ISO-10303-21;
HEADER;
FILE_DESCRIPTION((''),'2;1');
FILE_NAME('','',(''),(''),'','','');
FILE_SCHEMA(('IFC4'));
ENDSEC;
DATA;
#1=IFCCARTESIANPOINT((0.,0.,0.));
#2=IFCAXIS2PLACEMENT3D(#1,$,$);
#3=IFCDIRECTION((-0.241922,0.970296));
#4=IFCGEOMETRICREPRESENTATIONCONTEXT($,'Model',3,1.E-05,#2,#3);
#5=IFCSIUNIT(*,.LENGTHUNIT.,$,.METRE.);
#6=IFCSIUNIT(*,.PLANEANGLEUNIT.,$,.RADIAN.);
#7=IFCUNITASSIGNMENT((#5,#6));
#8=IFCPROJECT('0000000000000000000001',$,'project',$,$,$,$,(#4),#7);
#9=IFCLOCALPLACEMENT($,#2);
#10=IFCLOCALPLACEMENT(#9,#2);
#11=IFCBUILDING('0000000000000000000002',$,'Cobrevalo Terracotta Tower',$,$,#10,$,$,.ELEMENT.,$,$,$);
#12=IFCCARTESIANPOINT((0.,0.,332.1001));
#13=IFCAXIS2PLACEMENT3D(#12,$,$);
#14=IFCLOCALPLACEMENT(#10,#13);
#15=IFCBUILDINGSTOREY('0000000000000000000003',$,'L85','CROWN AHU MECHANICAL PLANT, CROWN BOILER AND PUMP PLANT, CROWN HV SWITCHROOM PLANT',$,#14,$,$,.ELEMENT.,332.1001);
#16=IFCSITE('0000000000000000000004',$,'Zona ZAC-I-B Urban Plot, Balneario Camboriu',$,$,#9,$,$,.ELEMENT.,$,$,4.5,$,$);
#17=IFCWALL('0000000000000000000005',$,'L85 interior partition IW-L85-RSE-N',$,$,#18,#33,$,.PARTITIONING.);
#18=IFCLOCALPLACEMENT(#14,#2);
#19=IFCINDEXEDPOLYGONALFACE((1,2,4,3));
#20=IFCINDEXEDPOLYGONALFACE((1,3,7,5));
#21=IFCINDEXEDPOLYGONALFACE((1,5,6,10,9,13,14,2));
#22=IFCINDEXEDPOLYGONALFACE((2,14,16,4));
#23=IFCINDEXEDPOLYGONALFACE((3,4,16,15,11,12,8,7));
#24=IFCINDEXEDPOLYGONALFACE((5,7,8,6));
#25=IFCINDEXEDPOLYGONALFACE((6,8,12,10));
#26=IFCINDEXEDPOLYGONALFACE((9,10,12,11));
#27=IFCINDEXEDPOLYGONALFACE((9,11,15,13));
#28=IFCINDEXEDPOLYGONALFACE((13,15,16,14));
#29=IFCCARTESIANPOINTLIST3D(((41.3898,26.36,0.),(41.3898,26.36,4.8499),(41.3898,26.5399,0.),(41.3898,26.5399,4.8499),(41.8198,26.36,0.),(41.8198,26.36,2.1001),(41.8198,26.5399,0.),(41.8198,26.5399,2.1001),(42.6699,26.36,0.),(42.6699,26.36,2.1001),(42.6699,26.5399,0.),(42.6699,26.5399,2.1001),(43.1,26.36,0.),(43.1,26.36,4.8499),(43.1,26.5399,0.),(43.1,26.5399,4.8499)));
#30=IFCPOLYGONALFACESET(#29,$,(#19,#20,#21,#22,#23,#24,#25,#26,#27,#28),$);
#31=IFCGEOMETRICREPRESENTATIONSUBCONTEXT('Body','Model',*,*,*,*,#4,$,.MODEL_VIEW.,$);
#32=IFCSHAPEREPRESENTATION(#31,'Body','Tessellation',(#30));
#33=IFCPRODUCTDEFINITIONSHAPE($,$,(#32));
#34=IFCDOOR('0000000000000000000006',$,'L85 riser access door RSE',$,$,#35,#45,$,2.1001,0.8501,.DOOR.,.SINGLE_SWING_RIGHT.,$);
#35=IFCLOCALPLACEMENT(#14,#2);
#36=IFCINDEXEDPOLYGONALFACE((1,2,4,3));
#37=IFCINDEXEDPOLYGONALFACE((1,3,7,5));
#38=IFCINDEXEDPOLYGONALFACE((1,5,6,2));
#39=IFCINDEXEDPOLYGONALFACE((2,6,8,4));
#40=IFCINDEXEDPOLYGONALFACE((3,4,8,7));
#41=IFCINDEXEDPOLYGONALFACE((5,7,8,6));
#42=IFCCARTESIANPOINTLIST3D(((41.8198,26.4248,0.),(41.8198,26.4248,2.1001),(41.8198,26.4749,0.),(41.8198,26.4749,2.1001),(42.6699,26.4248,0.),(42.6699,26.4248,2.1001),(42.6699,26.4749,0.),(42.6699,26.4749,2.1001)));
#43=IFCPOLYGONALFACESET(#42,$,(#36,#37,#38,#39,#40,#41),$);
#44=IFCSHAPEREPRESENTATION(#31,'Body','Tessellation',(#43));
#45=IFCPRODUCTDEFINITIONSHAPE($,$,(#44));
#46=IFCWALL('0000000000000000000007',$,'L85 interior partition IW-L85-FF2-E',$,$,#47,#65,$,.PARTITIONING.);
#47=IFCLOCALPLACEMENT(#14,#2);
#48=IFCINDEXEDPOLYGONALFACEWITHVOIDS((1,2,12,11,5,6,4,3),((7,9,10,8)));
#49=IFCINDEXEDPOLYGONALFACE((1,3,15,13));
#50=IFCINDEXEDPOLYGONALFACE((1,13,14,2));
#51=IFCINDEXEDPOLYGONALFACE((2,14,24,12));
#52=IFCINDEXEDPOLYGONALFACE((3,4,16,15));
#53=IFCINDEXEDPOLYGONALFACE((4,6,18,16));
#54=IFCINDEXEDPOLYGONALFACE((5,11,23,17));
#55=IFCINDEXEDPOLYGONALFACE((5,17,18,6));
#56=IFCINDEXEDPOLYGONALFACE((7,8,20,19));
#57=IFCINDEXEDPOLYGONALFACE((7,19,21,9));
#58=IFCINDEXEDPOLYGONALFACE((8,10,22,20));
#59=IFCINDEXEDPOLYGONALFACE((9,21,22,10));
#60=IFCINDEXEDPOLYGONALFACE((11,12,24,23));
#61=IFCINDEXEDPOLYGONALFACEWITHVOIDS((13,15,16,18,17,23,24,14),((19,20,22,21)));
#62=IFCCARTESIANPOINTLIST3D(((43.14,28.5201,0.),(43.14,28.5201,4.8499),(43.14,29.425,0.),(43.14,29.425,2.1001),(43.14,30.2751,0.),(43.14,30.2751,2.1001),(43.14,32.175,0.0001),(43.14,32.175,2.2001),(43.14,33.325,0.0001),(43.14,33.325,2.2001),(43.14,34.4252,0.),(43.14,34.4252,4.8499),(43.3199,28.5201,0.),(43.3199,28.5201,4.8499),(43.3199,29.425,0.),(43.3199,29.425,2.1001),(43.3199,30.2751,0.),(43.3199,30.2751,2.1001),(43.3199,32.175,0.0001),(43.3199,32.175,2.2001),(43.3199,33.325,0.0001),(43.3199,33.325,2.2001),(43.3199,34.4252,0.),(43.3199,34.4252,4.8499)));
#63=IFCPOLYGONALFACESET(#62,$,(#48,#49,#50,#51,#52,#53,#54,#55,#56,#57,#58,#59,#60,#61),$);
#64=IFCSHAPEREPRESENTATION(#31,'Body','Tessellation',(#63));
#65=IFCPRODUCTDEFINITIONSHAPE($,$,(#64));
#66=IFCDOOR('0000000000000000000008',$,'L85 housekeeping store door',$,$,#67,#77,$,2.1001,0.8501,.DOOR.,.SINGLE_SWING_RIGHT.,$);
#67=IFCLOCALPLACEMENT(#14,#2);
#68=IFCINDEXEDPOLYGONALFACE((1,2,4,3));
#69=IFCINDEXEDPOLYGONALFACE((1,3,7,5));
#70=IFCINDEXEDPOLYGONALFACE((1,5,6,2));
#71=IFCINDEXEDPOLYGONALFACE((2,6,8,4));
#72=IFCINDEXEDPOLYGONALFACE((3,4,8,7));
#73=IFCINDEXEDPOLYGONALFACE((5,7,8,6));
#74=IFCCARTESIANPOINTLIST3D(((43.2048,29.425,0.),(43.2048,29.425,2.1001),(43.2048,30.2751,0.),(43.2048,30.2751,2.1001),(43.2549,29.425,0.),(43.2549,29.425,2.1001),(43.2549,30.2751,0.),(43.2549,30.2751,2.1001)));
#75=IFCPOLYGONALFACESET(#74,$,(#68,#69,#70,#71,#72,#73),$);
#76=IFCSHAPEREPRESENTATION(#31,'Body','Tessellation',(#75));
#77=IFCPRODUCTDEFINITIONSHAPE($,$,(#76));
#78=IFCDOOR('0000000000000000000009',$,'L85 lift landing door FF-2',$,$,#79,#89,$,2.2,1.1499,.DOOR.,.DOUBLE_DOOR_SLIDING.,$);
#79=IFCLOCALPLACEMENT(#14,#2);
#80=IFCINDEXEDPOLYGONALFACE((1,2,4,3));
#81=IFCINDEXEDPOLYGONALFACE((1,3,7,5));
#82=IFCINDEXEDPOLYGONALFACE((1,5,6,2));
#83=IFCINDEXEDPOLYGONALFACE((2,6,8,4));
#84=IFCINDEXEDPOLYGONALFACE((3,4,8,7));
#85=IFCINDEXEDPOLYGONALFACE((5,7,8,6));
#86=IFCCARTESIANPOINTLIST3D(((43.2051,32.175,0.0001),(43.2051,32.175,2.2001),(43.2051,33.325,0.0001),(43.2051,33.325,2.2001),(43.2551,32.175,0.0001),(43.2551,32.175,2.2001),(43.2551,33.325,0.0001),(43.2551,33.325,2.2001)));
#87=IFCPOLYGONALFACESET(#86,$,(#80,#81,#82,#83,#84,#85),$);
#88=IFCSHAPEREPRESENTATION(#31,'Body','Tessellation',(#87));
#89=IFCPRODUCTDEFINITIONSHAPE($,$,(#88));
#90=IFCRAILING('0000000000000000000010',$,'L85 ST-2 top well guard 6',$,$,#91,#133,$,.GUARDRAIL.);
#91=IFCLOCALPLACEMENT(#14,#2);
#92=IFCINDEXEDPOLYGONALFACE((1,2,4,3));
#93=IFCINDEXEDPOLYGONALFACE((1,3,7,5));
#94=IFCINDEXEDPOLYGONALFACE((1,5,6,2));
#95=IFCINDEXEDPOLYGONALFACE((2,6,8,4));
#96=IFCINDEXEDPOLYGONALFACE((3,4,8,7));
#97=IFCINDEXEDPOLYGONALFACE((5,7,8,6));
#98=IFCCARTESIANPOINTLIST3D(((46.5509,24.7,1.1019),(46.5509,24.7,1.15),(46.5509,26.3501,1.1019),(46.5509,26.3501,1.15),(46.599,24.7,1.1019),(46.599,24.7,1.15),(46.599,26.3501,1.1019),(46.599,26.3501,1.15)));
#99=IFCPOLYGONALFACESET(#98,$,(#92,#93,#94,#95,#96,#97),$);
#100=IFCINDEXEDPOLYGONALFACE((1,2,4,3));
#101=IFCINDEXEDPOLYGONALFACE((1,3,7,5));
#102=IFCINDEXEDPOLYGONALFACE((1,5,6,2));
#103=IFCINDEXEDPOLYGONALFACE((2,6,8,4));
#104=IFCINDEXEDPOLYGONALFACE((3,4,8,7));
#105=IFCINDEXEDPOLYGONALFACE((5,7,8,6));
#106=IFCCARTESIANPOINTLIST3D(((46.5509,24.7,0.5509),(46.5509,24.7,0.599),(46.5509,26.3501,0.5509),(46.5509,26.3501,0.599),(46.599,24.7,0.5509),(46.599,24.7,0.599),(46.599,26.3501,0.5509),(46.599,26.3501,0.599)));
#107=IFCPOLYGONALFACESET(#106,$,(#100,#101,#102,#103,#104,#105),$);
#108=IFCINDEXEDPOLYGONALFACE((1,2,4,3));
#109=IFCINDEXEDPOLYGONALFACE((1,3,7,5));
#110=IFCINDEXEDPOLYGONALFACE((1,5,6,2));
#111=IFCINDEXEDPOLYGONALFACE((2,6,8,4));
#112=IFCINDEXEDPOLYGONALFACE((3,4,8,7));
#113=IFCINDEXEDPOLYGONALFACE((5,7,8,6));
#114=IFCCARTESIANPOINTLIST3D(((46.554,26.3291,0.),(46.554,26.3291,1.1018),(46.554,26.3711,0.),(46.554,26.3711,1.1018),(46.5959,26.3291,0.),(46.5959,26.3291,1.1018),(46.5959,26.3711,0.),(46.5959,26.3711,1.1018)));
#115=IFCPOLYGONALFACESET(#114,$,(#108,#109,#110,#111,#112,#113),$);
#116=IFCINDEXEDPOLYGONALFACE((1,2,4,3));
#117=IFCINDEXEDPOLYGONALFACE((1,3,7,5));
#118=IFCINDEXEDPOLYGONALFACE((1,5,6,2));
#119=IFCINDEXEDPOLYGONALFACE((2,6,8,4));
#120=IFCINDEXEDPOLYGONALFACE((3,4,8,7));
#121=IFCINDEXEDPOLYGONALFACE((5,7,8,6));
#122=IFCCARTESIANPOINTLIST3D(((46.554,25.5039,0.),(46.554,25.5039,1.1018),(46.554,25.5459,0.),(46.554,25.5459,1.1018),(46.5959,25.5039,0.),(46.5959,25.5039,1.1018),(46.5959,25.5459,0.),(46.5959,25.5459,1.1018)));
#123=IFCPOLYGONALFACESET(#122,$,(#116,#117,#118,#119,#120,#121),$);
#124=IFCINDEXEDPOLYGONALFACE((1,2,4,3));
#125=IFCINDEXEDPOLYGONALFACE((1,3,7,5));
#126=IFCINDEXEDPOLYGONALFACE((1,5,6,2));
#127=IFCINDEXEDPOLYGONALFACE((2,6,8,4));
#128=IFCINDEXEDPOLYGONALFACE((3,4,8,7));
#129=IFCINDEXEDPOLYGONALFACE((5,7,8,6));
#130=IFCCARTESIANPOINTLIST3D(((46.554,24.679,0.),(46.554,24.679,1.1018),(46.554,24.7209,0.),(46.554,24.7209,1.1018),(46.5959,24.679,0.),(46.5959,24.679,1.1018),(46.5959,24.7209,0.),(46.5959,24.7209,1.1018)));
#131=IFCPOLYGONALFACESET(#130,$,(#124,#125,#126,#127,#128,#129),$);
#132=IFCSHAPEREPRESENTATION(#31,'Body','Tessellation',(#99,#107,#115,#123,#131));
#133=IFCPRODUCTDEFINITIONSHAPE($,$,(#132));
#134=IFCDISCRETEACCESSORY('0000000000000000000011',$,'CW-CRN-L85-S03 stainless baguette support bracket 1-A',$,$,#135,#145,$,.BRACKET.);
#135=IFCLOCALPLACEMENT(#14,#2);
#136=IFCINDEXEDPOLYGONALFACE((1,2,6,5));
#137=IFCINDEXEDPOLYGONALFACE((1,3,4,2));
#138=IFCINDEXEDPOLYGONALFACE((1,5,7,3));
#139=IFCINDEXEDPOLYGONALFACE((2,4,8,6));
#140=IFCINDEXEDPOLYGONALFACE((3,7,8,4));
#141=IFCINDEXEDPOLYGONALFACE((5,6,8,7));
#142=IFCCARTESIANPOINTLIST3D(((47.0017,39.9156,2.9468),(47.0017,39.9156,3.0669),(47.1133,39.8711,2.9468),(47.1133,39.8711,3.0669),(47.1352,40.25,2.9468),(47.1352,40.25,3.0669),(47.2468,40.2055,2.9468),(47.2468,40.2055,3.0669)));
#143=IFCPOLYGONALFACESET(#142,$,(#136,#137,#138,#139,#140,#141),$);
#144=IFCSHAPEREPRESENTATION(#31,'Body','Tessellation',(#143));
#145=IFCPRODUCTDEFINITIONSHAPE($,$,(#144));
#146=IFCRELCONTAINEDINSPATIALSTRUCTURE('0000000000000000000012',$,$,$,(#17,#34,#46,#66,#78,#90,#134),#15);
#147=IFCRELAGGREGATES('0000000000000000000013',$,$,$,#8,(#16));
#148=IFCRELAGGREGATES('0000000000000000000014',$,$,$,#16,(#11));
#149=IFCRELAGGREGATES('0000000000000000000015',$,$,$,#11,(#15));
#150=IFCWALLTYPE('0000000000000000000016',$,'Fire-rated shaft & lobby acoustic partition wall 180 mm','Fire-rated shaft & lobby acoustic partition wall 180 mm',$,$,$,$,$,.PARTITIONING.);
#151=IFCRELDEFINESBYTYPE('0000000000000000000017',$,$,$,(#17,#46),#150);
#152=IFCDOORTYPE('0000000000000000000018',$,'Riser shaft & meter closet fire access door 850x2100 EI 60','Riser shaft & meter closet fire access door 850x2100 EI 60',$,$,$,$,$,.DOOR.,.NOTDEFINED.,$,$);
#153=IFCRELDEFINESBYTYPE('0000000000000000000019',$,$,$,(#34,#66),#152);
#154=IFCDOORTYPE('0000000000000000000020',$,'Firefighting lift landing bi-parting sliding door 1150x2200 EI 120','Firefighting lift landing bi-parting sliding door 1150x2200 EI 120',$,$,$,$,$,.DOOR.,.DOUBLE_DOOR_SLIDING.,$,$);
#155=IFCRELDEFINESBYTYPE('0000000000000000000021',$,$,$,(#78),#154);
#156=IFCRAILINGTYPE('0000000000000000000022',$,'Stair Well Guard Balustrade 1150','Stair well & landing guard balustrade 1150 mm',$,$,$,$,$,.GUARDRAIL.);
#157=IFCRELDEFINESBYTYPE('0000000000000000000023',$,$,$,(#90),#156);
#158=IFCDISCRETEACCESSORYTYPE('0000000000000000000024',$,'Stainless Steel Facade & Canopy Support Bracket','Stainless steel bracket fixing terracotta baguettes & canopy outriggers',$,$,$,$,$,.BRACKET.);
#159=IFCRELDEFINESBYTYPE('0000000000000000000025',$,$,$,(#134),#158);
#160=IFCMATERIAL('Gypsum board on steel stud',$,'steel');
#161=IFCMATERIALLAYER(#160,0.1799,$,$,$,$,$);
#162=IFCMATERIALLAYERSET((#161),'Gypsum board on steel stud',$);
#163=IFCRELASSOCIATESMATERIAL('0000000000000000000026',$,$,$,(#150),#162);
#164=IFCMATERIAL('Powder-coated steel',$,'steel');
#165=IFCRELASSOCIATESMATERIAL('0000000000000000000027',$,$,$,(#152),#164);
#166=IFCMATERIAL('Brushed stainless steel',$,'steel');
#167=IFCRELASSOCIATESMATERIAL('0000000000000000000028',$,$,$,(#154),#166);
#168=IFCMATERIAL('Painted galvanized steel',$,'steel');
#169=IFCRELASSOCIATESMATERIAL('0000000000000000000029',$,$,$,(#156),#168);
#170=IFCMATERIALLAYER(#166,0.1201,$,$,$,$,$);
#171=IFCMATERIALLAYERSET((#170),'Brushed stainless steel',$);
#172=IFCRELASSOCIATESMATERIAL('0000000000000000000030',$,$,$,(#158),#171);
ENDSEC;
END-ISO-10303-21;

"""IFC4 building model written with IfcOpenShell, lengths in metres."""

from ifc_helpers import new_model, si_unit, direction, frame, frame_2d, origin, origin_2d, place, context, subcontext, project, spatial, rectangle, extrude, source, transform, mapped, material, layer, layer_set, type_object, element, fill, save


model = new_model("IFC4")

# Units and contexts
model_context = context("Model", 3, precision=1e-05, world=origin(), true_north=direction((-0.241922, 0.970296)))
body_context = subcontext(model_context, "Body", "Model", "MODEL_VIEW")
ifc_project = project(units=[si_unit("LENGTHUNIT", "METRE"), si_unit("PLANEANGLEUNIT", "RADIAN")], contexts=[model_context])

# Site, building, storey
site_placement = place(None, origin())
site = spatial("IfcSite", under=ifc_project, at=site_placement, Name="Zona ZAC-I-B Urban Plot, Balneario Camboriu", CompositionType="ELEMENT", RefElevation=4.5)
building_placement = place(site_placement, origin())
building = spatial("IfcBuilding", under=site, at=building_placement, Name="Cobrevalo Terracotta Tower", CompositionType="ELEMENT")
storey_placement = place(building_placement, frame((0.0, 0.0, 332.1001)))
storey = spatial("IfcBuildingStorey", under=building, at=storey_placement, Name="L85", Description="CROWN AHU MECHANICAL PLANT, CROWN BOILER AND PUMP PLANT, CROWN HV SWITCHROOM PLANT", CompositionType="ELEMENT", Elevation=332.1001)

# Shared definitions
ifc_material_1 = material(Name="Gypsum board on steel stud", Category="steel")

# Wall, opening, door
ifc_layer_1 = layer(ifc_material_1, 0.1799)
ifc_layer_set_1 = layer_set([ifc_layer_1], Name="Gypsum board on steel stud")
wall_type_1 = type_object("IfcWallType", Name="Fire-rated shaft & lobby acoustic partition wall 180 mm", Description="Fire-rated shaft & lobby acoustic partition wall 180 mm", PredefinedType="PARTITIONING", material=ifc_layer_set_1)
wall_1_placement = place(storey_placement, frame((41.3899, 26.45, 0.0), z_axis=(0.0, 0.0, 1.0), x_axis=(1.0, 0.0, 0.0)))
wall_1 = element("IfcWall", 1, at=wall_1_placement, inside=storey, type_object=wall_type_1, Name="L85 interior partition IW-L85-RSE-N", PredefinedType="PARTITIONING", context=body_context, shape_type="SweptSolid", body=[
    extrude(rectangle(XDim=1.7102, YDim=0.1799, at=frame_2d((0.855, 0.0))), origin(), (0.0, 0.0, 1.0), 4.8499),
])
opening_1_placement = place(wall_1_placement, frame((0.4299, 0.0, 0.0)))
opening_1 = element("IfcOpeningElement", 2, at=opening_1_placement, cuts=wall_1, PredefinedType="OPENING", context=body_context, shape_type="SweptSolid", body=[
    extrude(rectangle(XDim=0.8501, YDim=2.1001, at=frame_2d((0.425, 1.05))), frame((0.0, 0.1001, 0.0), z_axis=(0.0, -1.0, 0.0), x_axis=(1.0, 0.0, 0.0)), (0.0, 0.0, 1.0), 0.2),
])
ifc_material_2 = material(Name="Powder-coated steel", Category="steel")
door_type_1 = type_object("IfcDoorType", Name="Riser shaft & meter closet fire access door 850x2100 EI 60", Description="Riser shaft & meter closet fire access door 850x2100 EI 60", OperationType="NOTDEFINED", PredefinedType="DOOR", material=ifc_material_2)
shared_shape_1 = source(origin(), body_context, "Body", "SweptSolid", [
    extrude(rectangle(XDim=0.8501, YDim=2.1001, at=frame_2d((0.425, 1.05))), frame((0.0, 0.0249, 0.0), z_axis=(0.0, -1.0, 0.0), x_axis=(1.0, 0.0, 0.0)), (0.0, 0.0, 1.0), 0.05),
])
door_1_placement = place(opening_1_placement, origin())
door_1 = element("IfcDoor", 3, at=door_1_placement, inside=storey, type_object=door_type_1, Name="L85 riser access door RSE", OperationType="SINGLE_SWING_RIGHT", OverallHeight=2.1001, OverallWidth=0.8501, PredefinedType="DOOR", context=body_context, shape_type="MappedRepresentation", body=[
    mapped(shared_shape_1, transform((0.0, 0.0, 0.0), scale=1.0)),
])
fill(opening_1, door_1)

# Wall, openings, doors
wall_2_placement = place(storey_placement, frame((43.23, 28.52, 0.0), z_axis=(0.0, 0.0, 1.0), x_axis=(0.0, 1.0, 0.0)))
wall_2 = element("IfcWall", 4, at=wall_2_placement, inside=storey, type_object=wall_type_1, Name="L85 interior partition IW-L85-FF2-E", PredefinedType="PARTITIONING", context=body_context, shape_type="SweptSolid", body=[
    extrude(rectangle(XDim=5.905, YDim=0.1799, at=frame_2d((2.9526, 0.0))), origin(), (0.0, 0.0, 1.0), 4.8499),
])
opening_2_placement = place(wall_2_placement, frame((0.905, 0.0, 0.0)))
opening_2 = element("IfcOpeningElement", 5, at=opening_2_placement, cuts=wall_2, PredefinedType="OPENING", context=body_context, shape_type="SweptSolid", body=[
    extrude(rectangle(XDim=0.8501, YDim=2.1001, at=frame_2d((0.425, 1.05))), frame((0.0, 0.1001, 0.0), z_axis=(0.0, -1.0, 0.0), x_axis=(1.0, 0.0, 0.0)), (0.0, 0.0, 1.0), 0.2),
])
opening_3_placement = place(wall_2_placement, frame((3.655, 0.0, 0.0)))
opening_3 = element("IfcOpeningElement", 6, at=opening_3_placement, cuts=wall_2, PredefinedType="OPENING", context=body_context, shape_type="SweptSolid", body=[
    extrude(rectangle(XDim=1.1499, YDim=2.2, at=frame_2d((0.575, 1.1001))), frame((0.0, 0.1001, 0.0), z_axis=(0.0, -1.0, 0.0), x_axis=(1.0, 0.0, 0.0)), (0.0, 0.0, 1.0), 0.2),
])
door_2_placement = place(opening_2_placement, frame((0.8501, 0.0, 0.0), z_axis=(0.0, 0.0, 1.0), x_axis=(-1.0, 0.0, 0.0)))
door_2 = element("IfcDoor", 7, at=door_2_placement, inside=storey, type_object=door_type_1, Name="L85 housekeeping store door", OperationType="SINGLE_SWING_RIGHT", OverallHeight=2.1001, OverallWidth=0.8501, PredefinedType="DOOR", context=body_context, shape_type="MappedRepresentation", body=[
    mapped(shared_shape_1, transform((0.0, 0.0, 0.0), scale=1.0)),
])
fill(opening_2, door_2)
ifc_material_3 = material(Name="Brushed stainless steel", Category="steel")
door_type_2 = type_object("IfcDoorType", Name="Firefighting lift landing bi-parting sliding door 1150x2200 EI 120", Description="Firefighting lift landing bi-parting sliding door 1150x2200 EI 120", OperationType="DOUBLE_DOOR_SLIDING", PredefinedType="DOOR", material=ifc_material_3)
shared_shape_2 = source(origin(), body_context, "Body", "SweptSolid", [
    extrude(rectangle(XDim=1.1499, YDim=2.2, at=frame_2d((0.575, 1.1001))), frame((0.0, 0.0249, 0.0), z_axis=(0.0, -1.0, 0.0), x_axis=(1.0, 0.0, 0.0)), (0.0, 0.0, 1.0), 0.05),
])
door_3_placement = place(opening_3_placement, origin())
door_3 = element("IfcDoor", 8, at=door_3_placement, inside=storey, type_object=door_type_2, Name="L85 lift landing door FF-2", OperationType="DOUBLE_DOOR_SLIDING", OverallHeight=2.2, OverallWidth=1.1499, PredefinedType="DOOR", context=body_context, shape_type="MappedRepresentation", body=[
    mapped(shared_shape_2, transform((0.0, 0.0, 0.0), scale=1.0)),
])
fill(opening_3, door_3)

# Railing
ifc_material_4 = material(Name="Painted galvanized steel", Category="steel")
railing_type = type_object("IfcRailingType", Name="Stair Well Guard Balustrade 1150", Description="Stair well & landing guard balustrade 1150 mm", PredefinedType="GUARDRAIL", material=ifc_material_4)
railing_placement = place(storey_placement, frame((46.575, 26.3501, 0.0)))
element("IfcRailing", 9, at=railing_placement, inside=storey, type_object=railing_type, Name="L85 ST-2 top well guard 6", PredefinedType="GUARDRAIL", context=body_context, shape_type="SweptSolid", body=[
    extrude(rectangle(XDim=0.0481, YDim=0.0481, at=origin_2d()), frame((0.0, 0.0, 1.126), z_axis=(0.0, -1.0, 0.0), x_axis=(1.0, 0.0, 0.0)), (0.0, 0.0, 1.0), 1.6501),
    extrude(rectangle(XDim=0.0481, YDim=0.0481, at=origin_2d()), frame((0.0, 0.0, 0.575), z_axis=(0.0, -1.0, 0.0), x_axis=(1.0, 0.0, 0.0)), (0.0, 0.0, 1.0), 1.6501),
    extrude(rectangle(XDim=0.042, YDim=0.042, at=origin_2d()), origin(), (0.0, 0.0, 1.0), 1.1018),
    extrude(rectangle(XDim=0.042, YDim=0.042, at=origin_2d()), frame((0.0, -0.8252, 0.0)), (0.0, 0.0, 1.0), 1.1018),
    extrude(rectangle(XDim=0.042, YDim=0.042, at=origin_2d()), frame((0.0, -1.6501, 0.0)), (0.0, 0.0, 1.0), 1.1018),
])

# Discrete accessory
ifc_layer_2 = layer(ifc_material_3, 0.1201)
ifc_layer_set_2 = layer_set([ifc_layer_2], Name="Brushed stainless steel")
discrete_accessory_type = type_object("IfcDiscreteAccessoryType", Name="Stainless Steel Facade & Canopy Support Bracket", Description="Stainless steel bracket fixing terracotta baguettes & canopy outriggers", PredefinedType="BRACKET", material=ifc_layer_set_2)
shared_shape_3 = source(origin(), body_context, "Body", "SweptSolid", [
    extrude(rectangle(XDim=0.1201, YDim=0.3601, at=origin_2d()), origin(), (0.0, 0.0, 1.0), 0.1201),
])
discrete_accessory_placement = place(storey_placement, frame((47.1243, 40.0605, 2.9468), z_axis=(0.0, 0.0, 1.0), x_axis=(-0.928769, 0.37066, 0.0)))
element("IfcDiscreteAccessory", 10, at=discrete_accessory_placement, inside=storey, type_object=discrete_accessory_type, Name="CW-CRN-L85-S03 stainless baguette support bracket 1-A", PredefinedType="BRACKET", context=body_context, shape_type="MappedRepresentation", body=[
    mapped(shared_shape_3, transform((0.0, 0.0, 0.0), scale=1.0)),
])

save(model, "model.ifc")
